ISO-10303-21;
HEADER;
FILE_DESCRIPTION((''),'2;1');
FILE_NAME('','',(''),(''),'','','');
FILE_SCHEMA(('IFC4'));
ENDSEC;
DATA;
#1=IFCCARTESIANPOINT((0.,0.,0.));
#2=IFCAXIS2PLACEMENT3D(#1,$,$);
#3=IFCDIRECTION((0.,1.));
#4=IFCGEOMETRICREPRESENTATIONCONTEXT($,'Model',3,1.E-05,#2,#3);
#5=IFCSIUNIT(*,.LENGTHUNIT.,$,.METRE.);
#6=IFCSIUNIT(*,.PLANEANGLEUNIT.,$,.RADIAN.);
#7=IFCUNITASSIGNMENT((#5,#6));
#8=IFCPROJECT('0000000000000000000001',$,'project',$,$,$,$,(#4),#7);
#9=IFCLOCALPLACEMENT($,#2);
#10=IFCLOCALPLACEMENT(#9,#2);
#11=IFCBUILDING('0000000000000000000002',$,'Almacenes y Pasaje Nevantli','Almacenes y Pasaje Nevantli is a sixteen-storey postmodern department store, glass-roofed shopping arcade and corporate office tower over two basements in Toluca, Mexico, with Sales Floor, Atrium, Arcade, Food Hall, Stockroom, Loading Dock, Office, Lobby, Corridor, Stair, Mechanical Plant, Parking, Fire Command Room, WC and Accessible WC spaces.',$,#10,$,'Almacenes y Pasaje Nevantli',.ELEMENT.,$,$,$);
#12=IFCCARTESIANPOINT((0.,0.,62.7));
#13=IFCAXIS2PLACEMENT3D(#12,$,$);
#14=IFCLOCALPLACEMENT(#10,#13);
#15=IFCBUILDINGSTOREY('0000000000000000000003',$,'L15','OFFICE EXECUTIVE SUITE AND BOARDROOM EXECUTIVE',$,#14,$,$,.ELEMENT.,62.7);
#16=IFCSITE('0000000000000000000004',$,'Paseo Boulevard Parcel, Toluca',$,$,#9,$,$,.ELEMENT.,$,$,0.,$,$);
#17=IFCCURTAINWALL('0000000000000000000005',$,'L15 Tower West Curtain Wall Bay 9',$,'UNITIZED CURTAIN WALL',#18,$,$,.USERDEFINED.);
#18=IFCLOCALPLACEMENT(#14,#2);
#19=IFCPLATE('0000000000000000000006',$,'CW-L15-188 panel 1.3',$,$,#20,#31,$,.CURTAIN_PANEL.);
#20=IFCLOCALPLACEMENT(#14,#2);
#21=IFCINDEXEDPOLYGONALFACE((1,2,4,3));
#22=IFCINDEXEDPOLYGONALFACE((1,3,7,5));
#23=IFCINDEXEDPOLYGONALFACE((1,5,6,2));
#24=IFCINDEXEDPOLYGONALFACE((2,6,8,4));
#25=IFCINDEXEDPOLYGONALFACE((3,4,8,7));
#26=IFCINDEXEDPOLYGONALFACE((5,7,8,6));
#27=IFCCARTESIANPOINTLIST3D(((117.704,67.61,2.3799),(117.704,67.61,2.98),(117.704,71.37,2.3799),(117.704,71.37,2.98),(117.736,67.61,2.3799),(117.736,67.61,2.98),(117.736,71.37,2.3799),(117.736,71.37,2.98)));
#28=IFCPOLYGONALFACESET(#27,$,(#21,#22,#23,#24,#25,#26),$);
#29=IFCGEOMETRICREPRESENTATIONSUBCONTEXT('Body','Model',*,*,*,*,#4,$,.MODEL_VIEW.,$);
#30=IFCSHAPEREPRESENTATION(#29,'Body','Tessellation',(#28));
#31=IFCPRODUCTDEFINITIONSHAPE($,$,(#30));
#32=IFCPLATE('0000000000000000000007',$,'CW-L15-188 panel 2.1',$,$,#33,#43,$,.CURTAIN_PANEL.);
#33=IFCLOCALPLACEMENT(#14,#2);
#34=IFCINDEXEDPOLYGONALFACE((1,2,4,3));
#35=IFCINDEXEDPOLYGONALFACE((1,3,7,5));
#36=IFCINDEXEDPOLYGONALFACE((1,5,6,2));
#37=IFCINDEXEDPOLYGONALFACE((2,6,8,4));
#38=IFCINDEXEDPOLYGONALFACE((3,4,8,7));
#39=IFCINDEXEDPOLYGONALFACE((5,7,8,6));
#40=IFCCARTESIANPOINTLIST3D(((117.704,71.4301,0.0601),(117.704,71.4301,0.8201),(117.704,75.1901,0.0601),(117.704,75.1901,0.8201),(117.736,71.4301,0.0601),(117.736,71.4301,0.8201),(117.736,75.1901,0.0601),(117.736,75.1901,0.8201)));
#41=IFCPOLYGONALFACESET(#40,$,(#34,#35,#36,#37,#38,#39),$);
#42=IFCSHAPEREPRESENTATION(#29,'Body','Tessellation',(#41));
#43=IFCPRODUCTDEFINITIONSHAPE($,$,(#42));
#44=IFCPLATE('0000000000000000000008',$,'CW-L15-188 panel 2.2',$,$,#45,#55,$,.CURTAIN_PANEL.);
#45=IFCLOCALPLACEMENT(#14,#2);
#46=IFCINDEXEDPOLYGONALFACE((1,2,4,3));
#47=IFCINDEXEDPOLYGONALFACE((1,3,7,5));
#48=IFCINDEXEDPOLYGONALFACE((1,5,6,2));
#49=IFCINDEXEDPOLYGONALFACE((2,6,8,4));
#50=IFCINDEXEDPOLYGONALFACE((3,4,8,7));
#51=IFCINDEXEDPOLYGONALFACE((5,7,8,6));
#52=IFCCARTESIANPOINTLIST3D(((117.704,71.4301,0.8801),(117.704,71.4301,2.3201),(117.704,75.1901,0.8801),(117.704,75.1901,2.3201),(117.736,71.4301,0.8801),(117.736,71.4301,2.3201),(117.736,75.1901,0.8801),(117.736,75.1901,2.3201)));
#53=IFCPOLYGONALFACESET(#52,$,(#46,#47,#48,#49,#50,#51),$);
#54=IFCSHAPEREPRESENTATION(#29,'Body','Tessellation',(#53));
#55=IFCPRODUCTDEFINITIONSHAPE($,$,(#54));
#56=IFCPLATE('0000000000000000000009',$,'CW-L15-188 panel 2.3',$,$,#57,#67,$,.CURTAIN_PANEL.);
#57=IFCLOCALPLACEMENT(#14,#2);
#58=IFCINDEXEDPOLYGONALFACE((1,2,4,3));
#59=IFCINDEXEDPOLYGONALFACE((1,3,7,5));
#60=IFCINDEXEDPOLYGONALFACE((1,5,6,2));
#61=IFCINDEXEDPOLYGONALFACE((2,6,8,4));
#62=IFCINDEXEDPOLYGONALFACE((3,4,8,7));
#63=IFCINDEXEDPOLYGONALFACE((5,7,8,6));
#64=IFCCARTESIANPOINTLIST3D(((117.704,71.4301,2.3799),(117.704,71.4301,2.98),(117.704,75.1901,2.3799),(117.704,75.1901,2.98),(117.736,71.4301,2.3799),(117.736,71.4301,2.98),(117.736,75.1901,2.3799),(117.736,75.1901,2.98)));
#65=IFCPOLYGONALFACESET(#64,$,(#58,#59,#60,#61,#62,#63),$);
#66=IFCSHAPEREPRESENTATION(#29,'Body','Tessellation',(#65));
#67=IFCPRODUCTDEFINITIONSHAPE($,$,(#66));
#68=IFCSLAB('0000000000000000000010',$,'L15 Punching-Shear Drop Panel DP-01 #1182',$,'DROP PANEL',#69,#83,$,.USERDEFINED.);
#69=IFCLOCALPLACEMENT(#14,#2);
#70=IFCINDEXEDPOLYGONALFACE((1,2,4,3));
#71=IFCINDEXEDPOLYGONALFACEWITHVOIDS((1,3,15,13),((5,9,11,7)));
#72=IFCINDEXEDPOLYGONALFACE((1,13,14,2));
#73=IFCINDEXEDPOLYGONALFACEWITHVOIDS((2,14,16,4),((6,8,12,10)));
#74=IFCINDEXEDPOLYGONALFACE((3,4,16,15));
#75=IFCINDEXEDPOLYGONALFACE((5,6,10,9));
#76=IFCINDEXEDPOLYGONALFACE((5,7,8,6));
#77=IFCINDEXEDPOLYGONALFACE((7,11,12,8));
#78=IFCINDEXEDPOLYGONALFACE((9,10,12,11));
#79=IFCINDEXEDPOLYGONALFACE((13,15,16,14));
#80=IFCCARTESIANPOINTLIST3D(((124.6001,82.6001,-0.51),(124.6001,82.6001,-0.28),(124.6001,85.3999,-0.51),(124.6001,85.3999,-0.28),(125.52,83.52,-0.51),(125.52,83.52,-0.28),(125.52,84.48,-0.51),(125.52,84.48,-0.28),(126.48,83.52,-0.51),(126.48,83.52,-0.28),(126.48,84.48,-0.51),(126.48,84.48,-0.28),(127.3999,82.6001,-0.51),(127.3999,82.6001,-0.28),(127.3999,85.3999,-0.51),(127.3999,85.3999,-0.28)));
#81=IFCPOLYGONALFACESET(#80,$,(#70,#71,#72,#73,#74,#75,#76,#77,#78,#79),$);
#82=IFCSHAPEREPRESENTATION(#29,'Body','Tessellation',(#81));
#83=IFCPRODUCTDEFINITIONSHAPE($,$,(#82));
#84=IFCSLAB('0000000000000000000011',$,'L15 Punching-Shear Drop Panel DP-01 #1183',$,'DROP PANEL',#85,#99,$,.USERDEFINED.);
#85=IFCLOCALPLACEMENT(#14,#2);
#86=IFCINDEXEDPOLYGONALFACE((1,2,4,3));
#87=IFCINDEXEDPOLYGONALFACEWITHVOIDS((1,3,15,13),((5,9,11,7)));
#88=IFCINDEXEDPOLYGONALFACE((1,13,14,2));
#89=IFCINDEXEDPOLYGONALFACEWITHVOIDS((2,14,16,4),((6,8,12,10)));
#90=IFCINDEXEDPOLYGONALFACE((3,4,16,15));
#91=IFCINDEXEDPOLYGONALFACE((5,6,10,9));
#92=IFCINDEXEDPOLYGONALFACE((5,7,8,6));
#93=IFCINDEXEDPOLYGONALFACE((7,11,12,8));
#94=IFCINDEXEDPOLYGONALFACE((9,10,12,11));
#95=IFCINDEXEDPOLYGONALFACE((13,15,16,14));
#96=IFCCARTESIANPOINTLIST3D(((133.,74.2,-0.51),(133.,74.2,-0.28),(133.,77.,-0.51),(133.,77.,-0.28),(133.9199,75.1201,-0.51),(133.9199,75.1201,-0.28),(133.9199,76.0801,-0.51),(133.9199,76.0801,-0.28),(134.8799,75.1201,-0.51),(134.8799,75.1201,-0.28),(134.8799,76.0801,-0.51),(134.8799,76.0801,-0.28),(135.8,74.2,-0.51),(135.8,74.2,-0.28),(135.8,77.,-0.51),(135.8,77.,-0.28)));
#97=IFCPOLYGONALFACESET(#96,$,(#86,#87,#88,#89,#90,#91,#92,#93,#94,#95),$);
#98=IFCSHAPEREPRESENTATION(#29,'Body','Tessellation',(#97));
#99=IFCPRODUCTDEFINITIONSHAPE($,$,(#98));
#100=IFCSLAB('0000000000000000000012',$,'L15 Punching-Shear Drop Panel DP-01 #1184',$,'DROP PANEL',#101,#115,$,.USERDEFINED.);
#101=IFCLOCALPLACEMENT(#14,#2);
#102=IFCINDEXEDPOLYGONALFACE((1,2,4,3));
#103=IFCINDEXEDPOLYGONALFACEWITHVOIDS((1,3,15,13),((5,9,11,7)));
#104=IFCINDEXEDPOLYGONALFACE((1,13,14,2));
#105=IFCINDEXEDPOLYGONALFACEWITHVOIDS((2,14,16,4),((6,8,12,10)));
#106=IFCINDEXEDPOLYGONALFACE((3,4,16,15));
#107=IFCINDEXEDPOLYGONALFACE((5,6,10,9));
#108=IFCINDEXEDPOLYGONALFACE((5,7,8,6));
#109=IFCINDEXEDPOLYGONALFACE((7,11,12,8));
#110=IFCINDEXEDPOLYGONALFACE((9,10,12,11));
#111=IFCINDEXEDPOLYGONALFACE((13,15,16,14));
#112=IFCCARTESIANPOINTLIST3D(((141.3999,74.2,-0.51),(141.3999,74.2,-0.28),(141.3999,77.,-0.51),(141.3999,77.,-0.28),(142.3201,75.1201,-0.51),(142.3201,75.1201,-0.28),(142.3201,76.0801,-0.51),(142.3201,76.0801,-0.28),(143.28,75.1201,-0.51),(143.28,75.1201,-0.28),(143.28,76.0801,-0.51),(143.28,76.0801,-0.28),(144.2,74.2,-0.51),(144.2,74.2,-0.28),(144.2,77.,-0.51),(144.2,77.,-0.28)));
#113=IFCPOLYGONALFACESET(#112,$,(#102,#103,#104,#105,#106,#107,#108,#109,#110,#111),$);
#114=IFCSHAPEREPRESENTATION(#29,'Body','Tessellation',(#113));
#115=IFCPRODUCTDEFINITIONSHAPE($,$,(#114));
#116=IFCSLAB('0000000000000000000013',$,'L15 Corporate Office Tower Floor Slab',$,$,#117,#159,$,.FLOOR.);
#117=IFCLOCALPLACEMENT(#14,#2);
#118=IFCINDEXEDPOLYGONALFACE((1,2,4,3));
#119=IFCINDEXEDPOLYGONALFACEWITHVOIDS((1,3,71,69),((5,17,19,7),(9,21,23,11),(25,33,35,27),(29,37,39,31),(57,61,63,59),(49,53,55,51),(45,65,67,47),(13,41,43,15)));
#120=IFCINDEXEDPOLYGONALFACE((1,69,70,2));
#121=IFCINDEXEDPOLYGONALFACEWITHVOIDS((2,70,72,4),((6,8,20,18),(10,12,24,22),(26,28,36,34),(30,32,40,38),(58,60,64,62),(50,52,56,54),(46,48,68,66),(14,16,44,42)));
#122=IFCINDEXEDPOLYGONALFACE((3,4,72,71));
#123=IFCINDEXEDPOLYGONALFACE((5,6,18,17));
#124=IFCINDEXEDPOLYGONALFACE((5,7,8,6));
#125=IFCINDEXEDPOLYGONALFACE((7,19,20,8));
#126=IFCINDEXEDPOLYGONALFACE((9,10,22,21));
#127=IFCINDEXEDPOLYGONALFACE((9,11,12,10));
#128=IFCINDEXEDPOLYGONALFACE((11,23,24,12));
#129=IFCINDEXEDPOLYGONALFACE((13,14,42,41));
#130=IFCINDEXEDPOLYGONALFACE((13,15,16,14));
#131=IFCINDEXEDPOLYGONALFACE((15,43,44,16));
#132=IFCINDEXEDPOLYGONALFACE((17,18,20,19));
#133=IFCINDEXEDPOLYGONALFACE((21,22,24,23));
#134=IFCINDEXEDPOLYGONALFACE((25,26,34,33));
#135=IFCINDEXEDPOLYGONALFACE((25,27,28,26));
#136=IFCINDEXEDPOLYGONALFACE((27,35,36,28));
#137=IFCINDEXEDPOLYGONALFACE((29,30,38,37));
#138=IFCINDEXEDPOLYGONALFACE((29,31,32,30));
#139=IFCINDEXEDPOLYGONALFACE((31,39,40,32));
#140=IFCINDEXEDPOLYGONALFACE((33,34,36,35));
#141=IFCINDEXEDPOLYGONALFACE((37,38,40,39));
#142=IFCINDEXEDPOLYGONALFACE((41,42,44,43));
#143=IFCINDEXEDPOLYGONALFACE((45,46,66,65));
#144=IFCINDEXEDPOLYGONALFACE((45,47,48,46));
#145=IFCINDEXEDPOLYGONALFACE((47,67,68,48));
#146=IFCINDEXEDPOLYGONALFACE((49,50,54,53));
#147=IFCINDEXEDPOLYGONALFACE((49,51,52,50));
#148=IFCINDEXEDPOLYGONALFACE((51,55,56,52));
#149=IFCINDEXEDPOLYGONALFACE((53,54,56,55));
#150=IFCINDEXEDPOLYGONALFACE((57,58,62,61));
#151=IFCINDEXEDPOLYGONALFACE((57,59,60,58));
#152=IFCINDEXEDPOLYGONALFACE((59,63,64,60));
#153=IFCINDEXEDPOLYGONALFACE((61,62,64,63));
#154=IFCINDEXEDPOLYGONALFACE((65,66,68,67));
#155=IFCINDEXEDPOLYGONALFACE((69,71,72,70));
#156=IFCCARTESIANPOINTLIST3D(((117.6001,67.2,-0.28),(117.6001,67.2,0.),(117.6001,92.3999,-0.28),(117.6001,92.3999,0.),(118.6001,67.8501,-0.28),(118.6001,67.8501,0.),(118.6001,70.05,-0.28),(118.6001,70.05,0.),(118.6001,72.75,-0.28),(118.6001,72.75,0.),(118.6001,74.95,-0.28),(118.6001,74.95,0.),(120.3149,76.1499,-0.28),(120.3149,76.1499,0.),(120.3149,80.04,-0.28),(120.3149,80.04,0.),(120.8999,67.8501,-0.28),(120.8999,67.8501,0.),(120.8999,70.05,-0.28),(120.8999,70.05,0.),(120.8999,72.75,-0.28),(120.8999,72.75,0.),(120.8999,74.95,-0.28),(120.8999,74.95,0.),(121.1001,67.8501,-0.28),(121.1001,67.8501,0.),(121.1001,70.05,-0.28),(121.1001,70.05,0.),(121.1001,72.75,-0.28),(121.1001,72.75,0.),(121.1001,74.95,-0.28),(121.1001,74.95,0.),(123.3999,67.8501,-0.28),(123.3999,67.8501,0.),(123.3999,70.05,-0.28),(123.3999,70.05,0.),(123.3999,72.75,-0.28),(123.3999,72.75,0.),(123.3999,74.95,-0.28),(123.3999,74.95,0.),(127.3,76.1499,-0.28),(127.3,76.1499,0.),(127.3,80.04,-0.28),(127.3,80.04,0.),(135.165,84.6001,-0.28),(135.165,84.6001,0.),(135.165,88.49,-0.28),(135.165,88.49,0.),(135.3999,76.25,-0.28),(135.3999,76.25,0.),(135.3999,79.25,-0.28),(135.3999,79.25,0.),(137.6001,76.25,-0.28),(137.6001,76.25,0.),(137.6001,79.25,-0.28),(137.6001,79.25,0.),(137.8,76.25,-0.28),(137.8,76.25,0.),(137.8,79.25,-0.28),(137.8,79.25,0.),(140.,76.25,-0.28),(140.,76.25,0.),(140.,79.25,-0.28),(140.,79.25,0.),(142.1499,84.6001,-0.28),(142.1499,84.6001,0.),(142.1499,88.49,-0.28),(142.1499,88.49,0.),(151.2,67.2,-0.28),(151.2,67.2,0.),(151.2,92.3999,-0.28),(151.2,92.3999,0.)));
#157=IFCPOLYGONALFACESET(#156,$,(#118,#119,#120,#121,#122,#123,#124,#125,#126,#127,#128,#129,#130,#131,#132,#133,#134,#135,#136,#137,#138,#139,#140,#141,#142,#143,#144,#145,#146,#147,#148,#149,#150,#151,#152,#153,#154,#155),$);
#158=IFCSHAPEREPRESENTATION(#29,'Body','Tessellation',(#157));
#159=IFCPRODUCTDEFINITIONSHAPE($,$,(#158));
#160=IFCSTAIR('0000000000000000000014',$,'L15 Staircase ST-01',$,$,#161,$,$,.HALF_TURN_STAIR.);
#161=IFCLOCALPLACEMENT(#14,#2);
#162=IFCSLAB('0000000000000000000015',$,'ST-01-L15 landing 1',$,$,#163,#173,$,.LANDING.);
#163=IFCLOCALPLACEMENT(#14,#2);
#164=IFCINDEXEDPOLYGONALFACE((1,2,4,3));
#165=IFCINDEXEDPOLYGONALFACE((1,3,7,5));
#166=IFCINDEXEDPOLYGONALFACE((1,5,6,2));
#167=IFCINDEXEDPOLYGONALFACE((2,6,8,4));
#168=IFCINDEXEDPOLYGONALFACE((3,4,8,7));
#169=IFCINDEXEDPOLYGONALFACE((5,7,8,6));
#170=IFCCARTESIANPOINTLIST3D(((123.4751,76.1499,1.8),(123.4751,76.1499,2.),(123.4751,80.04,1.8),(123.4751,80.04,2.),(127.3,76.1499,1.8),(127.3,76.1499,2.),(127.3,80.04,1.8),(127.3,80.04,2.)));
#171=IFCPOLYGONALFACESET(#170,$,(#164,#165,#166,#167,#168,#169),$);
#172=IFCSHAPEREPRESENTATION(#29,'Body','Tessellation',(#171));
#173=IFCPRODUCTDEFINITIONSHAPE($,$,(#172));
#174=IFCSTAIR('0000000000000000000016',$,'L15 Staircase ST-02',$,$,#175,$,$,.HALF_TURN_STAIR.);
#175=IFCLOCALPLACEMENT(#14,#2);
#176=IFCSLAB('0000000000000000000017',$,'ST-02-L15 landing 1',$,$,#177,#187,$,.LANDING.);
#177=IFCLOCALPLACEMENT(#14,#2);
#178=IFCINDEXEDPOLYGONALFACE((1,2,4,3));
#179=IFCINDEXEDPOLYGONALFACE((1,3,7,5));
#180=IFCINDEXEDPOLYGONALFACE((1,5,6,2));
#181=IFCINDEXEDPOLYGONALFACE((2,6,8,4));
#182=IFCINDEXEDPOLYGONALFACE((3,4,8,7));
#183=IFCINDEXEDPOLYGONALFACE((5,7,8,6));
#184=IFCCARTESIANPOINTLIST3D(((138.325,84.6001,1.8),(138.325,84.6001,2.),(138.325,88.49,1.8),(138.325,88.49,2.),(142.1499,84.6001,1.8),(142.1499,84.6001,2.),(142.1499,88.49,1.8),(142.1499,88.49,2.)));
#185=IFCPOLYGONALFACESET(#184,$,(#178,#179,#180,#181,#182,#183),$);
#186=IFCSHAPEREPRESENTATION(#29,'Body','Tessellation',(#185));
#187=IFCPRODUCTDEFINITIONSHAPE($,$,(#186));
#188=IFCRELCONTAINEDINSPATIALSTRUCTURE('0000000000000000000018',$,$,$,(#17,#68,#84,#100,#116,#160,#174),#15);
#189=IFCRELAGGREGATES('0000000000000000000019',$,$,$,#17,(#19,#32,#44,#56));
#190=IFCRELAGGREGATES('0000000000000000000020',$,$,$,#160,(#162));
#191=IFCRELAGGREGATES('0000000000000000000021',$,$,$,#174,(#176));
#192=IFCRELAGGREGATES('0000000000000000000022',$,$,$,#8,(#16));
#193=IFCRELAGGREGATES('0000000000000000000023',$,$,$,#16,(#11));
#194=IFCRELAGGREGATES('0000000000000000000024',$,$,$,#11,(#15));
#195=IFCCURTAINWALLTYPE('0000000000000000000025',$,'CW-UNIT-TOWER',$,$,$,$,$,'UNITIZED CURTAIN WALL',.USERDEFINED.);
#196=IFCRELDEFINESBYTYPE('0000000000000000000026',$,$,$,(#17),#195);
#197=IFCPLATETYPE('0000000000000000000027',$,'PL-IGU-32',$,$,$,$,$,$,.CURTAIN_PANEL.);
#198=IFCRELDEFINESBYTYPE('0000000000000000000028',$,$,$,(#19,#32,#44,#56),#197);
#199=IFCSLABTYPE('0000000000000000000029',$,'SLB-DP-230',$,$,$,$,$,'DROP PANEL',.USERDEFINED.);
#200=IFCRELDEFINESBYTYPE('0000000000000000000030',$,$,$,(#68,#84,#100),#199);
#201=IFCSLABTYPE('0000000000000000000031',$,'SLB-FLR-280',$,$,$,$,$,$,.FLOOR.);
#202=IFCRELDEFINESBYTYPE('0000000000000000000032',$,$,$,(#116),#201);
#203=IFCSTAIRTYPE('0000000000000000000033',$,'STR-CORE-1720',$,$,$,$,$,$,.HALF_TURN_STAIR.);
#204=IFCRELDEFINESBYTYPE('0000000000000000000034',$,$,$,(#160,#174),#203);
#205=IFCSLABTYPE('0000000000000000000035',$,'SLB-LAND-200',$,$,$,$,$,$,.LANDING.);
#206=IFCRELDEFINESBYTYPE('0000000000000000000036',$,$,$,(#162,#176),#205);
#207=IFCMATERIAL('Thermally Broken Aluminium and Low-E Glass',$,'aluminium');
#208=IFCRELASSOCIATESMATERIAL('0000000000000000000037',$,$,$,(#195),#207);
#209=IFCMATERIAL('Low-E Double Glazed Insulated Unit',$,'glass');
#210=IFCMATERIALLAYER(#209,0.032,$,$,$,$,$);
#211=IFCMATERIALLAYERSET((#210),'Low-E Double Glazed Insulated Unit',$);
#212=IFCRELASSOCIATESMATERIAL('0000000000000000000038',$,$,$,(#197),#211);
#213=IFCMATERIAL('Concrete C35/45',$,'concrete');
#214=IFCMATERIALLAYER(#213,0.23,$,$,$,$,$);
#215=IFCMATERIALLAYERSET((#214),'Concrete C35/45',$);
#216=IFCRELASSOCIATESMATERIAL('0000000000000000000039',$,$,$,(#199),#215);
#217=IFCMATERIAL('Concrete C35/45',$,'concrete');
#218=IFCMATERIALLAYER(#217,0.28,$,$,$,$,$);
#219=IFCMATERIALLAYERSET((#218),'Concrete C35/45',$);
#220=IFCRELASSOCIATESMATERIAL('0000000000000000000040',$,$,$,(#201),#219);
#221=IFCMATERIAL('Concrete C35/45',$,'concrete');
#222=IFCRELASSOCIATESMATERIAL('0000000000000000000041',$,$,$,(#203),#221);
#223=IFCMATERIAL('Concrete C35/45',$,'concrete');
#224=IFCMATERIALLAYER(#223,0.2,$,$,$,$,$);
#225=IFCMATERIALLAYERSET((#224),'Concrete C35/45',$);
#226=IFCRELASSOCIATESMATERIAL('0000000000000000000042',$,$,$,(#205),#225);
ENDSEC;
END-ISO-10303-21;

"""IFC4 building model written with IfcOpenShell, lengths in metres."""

from ifc_helpers import new_model, si_unit, direction, frame, origin, origin_2d, place, context, subcontext, project, spatial, polyline, rectangle, outline, extrude, material, layer, layer_set, type_object, element, aggregate, save


model = new_model("IFC4")

# Units and contexts
model_context = context("Model", 3, precision=1e-05, world=origin(), true_north=direction((0.0, 1.0)))
body_context = subcontext(model_context, "Body", "Model", "MODEL_VIEW")
ifc_project = project(units=[si_unit("LENGTHUNIT", "METRE"), si_unit("PLANEANGLEUNIT", "RADIAN")], contexts=[model_context])

# Site, building, storey
site_placement = place(None, origin())
site = spatial("IfcSite", under=ifc_project, at=site_placement, Name="Paseo Boulevard Parcel, Toluca", CompositionType="ELEMENT", RefElevation=0.0)
building_placement = place(site_placement, origin())
building = spatial("IfcBuilding", under=site, at=building_placement, Name="Almacenes y Pasaje Nevantli", Description="Almacenes y Pasaje Nevantli is a sixteen-storey postmodern department store, glass-roofed shopping arcade and corporate office tower over two basements in Toluca, Mexico, with Sales Floor, Atrium, Arcade, Food Hall, Stockroom, Loading Dock, Office, Lobby, Corridor, Stair, Mechanical Plant, Parking, Fire Command Room, WC and Accessible WC spaces.", LongName="Almacenes y Pasaje Nevantli", CompositionType="ELEMENT")
storey_placement = place(building_placement, frame((0.0, 0.0, 62.7)))
storey = spatial("IfcBuildingStorey", under=building, at=storey_placement, Name="L15", Description="OFFICE EXECUTIVE SUITE AND BOARDROOM EXECUTIVE", CompositionType="ELEMENT", Elevation=62.7)

# Curtain wall, plates
ifc_material_1 = material(Name="Thermally Broken Aluminium and Low-E Glass", Category="aluminium")
curtain_wall_type = type_object("IfcCurtainWallType", Name="CW-UNIT-TOWER", ElementType="UNITIZED CURTAIN WALL", PredefinedType="USERDEFINED", material=ifc_material_1)
curtain_wall_placement = place(storey_placement, origin())
curtain_wall = element("IfcCurtainWall", 1, at=curtain_wall_placement, inside=storey, type_object=curtain_wall_type, Name="L15 Tower West Curtain Wall Bay 9", ObjectType="UNITIZED CURTAIN WALL", PredefinedType="USERDEFINED")
ifc_material_2 = material(Name="Low-E Double Glazed Insulated Unit", Category="glass")
ifc_layer_1 = layer(ifc_material_2, 0.032)
ifc_layer_set_1 = layer_set([ifc_layer_1], Name="Low-E Double Glazed Insulated Unit")
plate_type = type_object("IfcPlateType", Name="PL-IGU-32", PredefinedType="CURTAIN_PANEL", material=ifc_layer_set_1)
plate_1_placement = place(storey_placement, frame((117.72, 69.49, 2.3799), z_axis=(0.0, 0.0, 1.0), x_axis=(0.0, 1.0, 0.0)))
plate_1 = element("IfcPlate", 2, at=plate_1_placement, type_object=plate_type, Name="CW-L15-188 panel 1.3", PredefinedType="CURTAIN_PANEL", context=body_context, shape_type="SweptSolid", body=[
    extrude(rectangle(XDim=3.76, YDim=0.032, at=origin_2d()), origin(), (0.0, 0.0, 1.0), 0.6001),
])
plate_2_placement = place(storey_placement, frame((117.72, 73.3101, 0.0601), z_axis=(0.0, 0.0, 1.0), x_axis=(0.0, 1.0, 0.0)))
plate_2 = element("IfcPlate", 3, at=plate_2_placement, type_object=plate_type, Name="CW-L15-188 panel 2.1", PredefinedType="CURTAIN_PANEL", context=body_context, shape_type="SweptSolid", body=[
    extrude(rectangle(XDim=3.76, YDim=0.032, at=origin_2d()), origin(), (0.0, 0.0, 1.0), 0.76),
])
plate_3_placement = place(storey_placement, frame((117.72, 73.3101, 0.8801), z_axis=(0.0, 0.0, 1.0), x_axis=(0.0, 1.0, 0.0)))
plate_3 = element("IfcPlate", 4, at=plate_3_placement, type_object=plate_type, Name="CW-L15-188 panel 2.2", PredefinedType="CURTAIN_PANEL", context=body_context, shape_type="SweptSolid", body=[
    extrude(rectangle(XDim=3.76, YDim=0.032, at=origin_2d()), origin(), (0.0, 0.0, 1.0), 1.4399),
])
plate_4_placement = place(storey_placement, frame((117.72, 73.3101, 2.3799), z_axis=(0.0, 0.0, 1.0), x_axis=(0.0, 1.0, 0.0)))
plate_4 = element("IfcPlate", 5, at=plate_4_placement, type_object=plate_type, Name="CW-L15-188 panel 2.3", PredefinedType="CURTAIN_PANEL", context=body_context, shape_type="SweptSolid", body=[
    extrude(rectangle(XDim=3.76, YDim=0.032, at=origin_2d()), origin(), (0.0, 0.0, 1.0), 0.6001),
])
aggregate(curtain_wall, [plate_1, plate_2, plate_3, plate_4])

# Slabs
ifc_material_3 = material(Name="Concrete C35/45", Category="concrete")
ifc_layer_2 = layer(ifc_material_3, 0.23)
ifc_layer_set_2 = layer_set([ifc_layer_2], Name="Concrete C35/45")
slab_type_1 = type_object("IfcSlabType", Name="SLB-DP-230", ElementType="DROP PANEL", PredefinedType="USERDEFINED", material=ifc_layer_set_2)
slab_1_placement = place(storey_placement, frame((0.0, 0.0, -0.51)))
element("IfcSlab", 6, at=slab_1_placement, inside=storey, type_object=slab_type_1, Name="L15 Punching-Shear Drop Panel DP-01 #1182", ObjectType="DROP PANEL", PredefinedType="USERDEFINED", context=body_context, shape_type="SweptSolid", body=[
    extrude(outline(polyline([(124.6001, 82.6001), (127.3999, 82.6001), (127.3999, 85.3999), (124.6001, 85.3999), (124.6001, 82.6001)]), holes=[polyline([(125.52, 83.52), (126.48, 83.52), (126.48, 84.48), (125.52, 84.48), (125.52, 83.52)])]), origin(), (0.0, 0.0, 1.0), 0.23),
])
slab_2_placement = place(storey_placement, frame((0.0, 0.0, -0.51)))
element("IfcSlab", 7, at=slab_2_placement, inside=storey, type_object=slab_type_1, Name="L15 Punching-Shear Drop Panel DP-01 #1183", ObjectType="DROP PANEL", PredefinedType="USERDEFINED", context=body_context, shape_type="SweptSolid", body=[
    extrude(outline(polyline([(133.0, 74.2), (135.8, 74.2), (135.8, 77.0), (133.0, 77.0), (133.0, 74.2)]), holes=[polyline([(133.9199, 75.1201), (134.8799, 75.1201), (134.8799, 76.0801), (133.9199, 76.0801), (133.9199, 75.1201)])]), origin(), (0.0, 0.0, 1.0), 0.23),
])
slab_3_placement = place(storey_placement, frame((0.0, 0.0, -0.51)))
element("IfcSlab", 8, at=slab_3_placement, inside=storey, type_object=slab_type_1, Name="L15 Punching-Shear Drop Panel DP-01 #1184", ObjectType="DROP PANEL", PredefinedType="USERDEFINED", context=body_context, shape_type="SweptSolid", body=[
    extrude(outline(polyline([(141.3999, 74.2), (144.2, 74.2), (144.2, 77.0), (141.3999, 77.0), (141.3999, 74.2)]), holes=[polyline([(142.3201, 75.1201), (143.28, 75.1201), (143.28, 76.0801), (142.3201, 76.0801), (142.3201, 75.1201)])]), origin(), (0.0, 0.0, 1.0), 0.23),
])
ifc_material_4 = material(Name="Concrete C35/45", Category="concrete")
ifc_layer_3 = layer(ifc_material_4, 0.28)
ifc_layer_set_3 = layer_set([ifc_layer_3], Name="Concrete C35/45")
slab_type_2 = type_object("IfcSlabType", Name="SLB-FLR-280", PredefinedType="FLOOR", material=ifc_layer_set_3)
slab_4_placement = place(storey_placement, frame((0.0, 0.0, -0.28)))
element("IfcSlab", 9, at=slab_4_placement, inside=storey, type_object=slab_type_2, Name="L15 Corporate Office Tower Floor Slab", PredefinedType="FLOOR", context=body_context, shape_type="SweptSolid", body=[
    extrude(outline(polyline([(117.6001, 67.2), (151.2, 67.2), (151.2, 92.3999), (117.6001, 92.3999), (117.6001, 67.2)]), holes=[polyline([(120.3149, 76.1499), (127.3, 76.1499), (127.3, 80.04), (120.3149, 80.04), (120.3149, 76.1499)]), polyline([(135.165, 84.6001), (142.1499, 84.6001), (142.1499, 88.49), (135.165, 88.49), (135.165, 84.6001)]), polyline([(118.6001, 67.8501), (120.8999, 67.8501), (120.8999, 70.05), (118.6001, 70.05), (118.6001, 67.8501)]), polyline([(121.1001, 67.8501), (123.3999, 67.8501), (123.3999, 70.05), (121.1001, 70.05), (121.1001, 67.8501)]), polyline([(118.6001, 72.75), (120.8999, 72.75), (120.8999, 74.95), (118.6001, 74.95), (118.6001, 72.75)]), polyline([(121.1001, 72.75), (123.3999, 72.75), (123.3999, 74.95), (121.1001, 74.95), (121.1001, 72.75)]), polyline([(135.3999, 76.25), (137.6001, 76.25), (137.6001, 79.25), (135.3999, 79.25), (135.3999, 76.25)]), polyline([(137.8, 76.25), (140.0, 76.25), (140.0, 79.25), (137.8, 79.25), (137.8, 76.25)])]), origin(), (0.0, 0.0, 1.0), 0.28),
])

# Stairs, slabs
ifc_material_5 = material(Name="Concrete C35/45", Category="concrete")
stair_type = type_object("IfcStairType", Name="STR-CORE-1720", PredefinedType="HALF_TURN_STAIR", material=ifc_material_5)
stair_1_placement = place(storey_placement, origin())
stair_1 = element("IfcStair", 10, at=stair_1_placement, inside=storey, type_object=stair_type, Name="L15 Staircase ST-01", PredefinedType="HALF_TURN_STAIR")
ifc_material_6 = material(Name="Concrete C35/45", Category="concrete")
ifc_layer_4 = layer(ifc_material_6, 0.2)
ifc_layer_set_4 = layer_set([ifc_layer_4], Name="Concrete C35/45")
slab_type_3 = type_object("IfcSlabType", Name="SLB-LAND-200", PredefinedType="LANDING", material=ifc_layer_set_4)
slab_5_placement = place(storey_placement, frame((0.0, 0.0, 1.8)))
slab_5 = element("IfcSlab", 11, at=slab_5_placement, type_object=slab_type_3, Name="ST-01-L15 landing 1", PredefinedType="LANDING", context=body_context, shape_type="SweptSolid", body=[
    extrude(outline(polyline([(123.4751, 76.1499), (127.3, 76.1499), (127.3, 80.04), (123.4751, 80.04), (123.4751, 76.1499)])), origin(), (0.0, 0.0, 1.0), 0.2),
])
aggregate(stair_1, [slab_5])
stair_2_placement = place(storey_placement, origin())
stair_2 = element("IfcStair", 12, at=stair_2_placement, inside=storey, type_object=stair_type, Name="L15 Staircase ST-02", PredefinedType="HALF_TURN_STAIR")
slab_6_placement = place(storey_placement, frame((0.0, 0.0, 1.8)))
slab_6 = element("IfcSlab", 13, at=slab_6_placement, type_object=slab_type_3, Name="ST-02-L15 landing 1", PredefinedType="LANDING", context=body_context, shape_type="SweptSolid", body=[
    extrude(outline(polyline([(138.325, 84.6001), (142.1499, 84.6001), (142.1499, 88.49), (138.325, 88.49), (138.325, 84.6001)])), origin(), (0.0, 0.0, 1.0), 0.2),
])
aggregate(stair_2, [slab_6])

save(model, "model.ifc")
